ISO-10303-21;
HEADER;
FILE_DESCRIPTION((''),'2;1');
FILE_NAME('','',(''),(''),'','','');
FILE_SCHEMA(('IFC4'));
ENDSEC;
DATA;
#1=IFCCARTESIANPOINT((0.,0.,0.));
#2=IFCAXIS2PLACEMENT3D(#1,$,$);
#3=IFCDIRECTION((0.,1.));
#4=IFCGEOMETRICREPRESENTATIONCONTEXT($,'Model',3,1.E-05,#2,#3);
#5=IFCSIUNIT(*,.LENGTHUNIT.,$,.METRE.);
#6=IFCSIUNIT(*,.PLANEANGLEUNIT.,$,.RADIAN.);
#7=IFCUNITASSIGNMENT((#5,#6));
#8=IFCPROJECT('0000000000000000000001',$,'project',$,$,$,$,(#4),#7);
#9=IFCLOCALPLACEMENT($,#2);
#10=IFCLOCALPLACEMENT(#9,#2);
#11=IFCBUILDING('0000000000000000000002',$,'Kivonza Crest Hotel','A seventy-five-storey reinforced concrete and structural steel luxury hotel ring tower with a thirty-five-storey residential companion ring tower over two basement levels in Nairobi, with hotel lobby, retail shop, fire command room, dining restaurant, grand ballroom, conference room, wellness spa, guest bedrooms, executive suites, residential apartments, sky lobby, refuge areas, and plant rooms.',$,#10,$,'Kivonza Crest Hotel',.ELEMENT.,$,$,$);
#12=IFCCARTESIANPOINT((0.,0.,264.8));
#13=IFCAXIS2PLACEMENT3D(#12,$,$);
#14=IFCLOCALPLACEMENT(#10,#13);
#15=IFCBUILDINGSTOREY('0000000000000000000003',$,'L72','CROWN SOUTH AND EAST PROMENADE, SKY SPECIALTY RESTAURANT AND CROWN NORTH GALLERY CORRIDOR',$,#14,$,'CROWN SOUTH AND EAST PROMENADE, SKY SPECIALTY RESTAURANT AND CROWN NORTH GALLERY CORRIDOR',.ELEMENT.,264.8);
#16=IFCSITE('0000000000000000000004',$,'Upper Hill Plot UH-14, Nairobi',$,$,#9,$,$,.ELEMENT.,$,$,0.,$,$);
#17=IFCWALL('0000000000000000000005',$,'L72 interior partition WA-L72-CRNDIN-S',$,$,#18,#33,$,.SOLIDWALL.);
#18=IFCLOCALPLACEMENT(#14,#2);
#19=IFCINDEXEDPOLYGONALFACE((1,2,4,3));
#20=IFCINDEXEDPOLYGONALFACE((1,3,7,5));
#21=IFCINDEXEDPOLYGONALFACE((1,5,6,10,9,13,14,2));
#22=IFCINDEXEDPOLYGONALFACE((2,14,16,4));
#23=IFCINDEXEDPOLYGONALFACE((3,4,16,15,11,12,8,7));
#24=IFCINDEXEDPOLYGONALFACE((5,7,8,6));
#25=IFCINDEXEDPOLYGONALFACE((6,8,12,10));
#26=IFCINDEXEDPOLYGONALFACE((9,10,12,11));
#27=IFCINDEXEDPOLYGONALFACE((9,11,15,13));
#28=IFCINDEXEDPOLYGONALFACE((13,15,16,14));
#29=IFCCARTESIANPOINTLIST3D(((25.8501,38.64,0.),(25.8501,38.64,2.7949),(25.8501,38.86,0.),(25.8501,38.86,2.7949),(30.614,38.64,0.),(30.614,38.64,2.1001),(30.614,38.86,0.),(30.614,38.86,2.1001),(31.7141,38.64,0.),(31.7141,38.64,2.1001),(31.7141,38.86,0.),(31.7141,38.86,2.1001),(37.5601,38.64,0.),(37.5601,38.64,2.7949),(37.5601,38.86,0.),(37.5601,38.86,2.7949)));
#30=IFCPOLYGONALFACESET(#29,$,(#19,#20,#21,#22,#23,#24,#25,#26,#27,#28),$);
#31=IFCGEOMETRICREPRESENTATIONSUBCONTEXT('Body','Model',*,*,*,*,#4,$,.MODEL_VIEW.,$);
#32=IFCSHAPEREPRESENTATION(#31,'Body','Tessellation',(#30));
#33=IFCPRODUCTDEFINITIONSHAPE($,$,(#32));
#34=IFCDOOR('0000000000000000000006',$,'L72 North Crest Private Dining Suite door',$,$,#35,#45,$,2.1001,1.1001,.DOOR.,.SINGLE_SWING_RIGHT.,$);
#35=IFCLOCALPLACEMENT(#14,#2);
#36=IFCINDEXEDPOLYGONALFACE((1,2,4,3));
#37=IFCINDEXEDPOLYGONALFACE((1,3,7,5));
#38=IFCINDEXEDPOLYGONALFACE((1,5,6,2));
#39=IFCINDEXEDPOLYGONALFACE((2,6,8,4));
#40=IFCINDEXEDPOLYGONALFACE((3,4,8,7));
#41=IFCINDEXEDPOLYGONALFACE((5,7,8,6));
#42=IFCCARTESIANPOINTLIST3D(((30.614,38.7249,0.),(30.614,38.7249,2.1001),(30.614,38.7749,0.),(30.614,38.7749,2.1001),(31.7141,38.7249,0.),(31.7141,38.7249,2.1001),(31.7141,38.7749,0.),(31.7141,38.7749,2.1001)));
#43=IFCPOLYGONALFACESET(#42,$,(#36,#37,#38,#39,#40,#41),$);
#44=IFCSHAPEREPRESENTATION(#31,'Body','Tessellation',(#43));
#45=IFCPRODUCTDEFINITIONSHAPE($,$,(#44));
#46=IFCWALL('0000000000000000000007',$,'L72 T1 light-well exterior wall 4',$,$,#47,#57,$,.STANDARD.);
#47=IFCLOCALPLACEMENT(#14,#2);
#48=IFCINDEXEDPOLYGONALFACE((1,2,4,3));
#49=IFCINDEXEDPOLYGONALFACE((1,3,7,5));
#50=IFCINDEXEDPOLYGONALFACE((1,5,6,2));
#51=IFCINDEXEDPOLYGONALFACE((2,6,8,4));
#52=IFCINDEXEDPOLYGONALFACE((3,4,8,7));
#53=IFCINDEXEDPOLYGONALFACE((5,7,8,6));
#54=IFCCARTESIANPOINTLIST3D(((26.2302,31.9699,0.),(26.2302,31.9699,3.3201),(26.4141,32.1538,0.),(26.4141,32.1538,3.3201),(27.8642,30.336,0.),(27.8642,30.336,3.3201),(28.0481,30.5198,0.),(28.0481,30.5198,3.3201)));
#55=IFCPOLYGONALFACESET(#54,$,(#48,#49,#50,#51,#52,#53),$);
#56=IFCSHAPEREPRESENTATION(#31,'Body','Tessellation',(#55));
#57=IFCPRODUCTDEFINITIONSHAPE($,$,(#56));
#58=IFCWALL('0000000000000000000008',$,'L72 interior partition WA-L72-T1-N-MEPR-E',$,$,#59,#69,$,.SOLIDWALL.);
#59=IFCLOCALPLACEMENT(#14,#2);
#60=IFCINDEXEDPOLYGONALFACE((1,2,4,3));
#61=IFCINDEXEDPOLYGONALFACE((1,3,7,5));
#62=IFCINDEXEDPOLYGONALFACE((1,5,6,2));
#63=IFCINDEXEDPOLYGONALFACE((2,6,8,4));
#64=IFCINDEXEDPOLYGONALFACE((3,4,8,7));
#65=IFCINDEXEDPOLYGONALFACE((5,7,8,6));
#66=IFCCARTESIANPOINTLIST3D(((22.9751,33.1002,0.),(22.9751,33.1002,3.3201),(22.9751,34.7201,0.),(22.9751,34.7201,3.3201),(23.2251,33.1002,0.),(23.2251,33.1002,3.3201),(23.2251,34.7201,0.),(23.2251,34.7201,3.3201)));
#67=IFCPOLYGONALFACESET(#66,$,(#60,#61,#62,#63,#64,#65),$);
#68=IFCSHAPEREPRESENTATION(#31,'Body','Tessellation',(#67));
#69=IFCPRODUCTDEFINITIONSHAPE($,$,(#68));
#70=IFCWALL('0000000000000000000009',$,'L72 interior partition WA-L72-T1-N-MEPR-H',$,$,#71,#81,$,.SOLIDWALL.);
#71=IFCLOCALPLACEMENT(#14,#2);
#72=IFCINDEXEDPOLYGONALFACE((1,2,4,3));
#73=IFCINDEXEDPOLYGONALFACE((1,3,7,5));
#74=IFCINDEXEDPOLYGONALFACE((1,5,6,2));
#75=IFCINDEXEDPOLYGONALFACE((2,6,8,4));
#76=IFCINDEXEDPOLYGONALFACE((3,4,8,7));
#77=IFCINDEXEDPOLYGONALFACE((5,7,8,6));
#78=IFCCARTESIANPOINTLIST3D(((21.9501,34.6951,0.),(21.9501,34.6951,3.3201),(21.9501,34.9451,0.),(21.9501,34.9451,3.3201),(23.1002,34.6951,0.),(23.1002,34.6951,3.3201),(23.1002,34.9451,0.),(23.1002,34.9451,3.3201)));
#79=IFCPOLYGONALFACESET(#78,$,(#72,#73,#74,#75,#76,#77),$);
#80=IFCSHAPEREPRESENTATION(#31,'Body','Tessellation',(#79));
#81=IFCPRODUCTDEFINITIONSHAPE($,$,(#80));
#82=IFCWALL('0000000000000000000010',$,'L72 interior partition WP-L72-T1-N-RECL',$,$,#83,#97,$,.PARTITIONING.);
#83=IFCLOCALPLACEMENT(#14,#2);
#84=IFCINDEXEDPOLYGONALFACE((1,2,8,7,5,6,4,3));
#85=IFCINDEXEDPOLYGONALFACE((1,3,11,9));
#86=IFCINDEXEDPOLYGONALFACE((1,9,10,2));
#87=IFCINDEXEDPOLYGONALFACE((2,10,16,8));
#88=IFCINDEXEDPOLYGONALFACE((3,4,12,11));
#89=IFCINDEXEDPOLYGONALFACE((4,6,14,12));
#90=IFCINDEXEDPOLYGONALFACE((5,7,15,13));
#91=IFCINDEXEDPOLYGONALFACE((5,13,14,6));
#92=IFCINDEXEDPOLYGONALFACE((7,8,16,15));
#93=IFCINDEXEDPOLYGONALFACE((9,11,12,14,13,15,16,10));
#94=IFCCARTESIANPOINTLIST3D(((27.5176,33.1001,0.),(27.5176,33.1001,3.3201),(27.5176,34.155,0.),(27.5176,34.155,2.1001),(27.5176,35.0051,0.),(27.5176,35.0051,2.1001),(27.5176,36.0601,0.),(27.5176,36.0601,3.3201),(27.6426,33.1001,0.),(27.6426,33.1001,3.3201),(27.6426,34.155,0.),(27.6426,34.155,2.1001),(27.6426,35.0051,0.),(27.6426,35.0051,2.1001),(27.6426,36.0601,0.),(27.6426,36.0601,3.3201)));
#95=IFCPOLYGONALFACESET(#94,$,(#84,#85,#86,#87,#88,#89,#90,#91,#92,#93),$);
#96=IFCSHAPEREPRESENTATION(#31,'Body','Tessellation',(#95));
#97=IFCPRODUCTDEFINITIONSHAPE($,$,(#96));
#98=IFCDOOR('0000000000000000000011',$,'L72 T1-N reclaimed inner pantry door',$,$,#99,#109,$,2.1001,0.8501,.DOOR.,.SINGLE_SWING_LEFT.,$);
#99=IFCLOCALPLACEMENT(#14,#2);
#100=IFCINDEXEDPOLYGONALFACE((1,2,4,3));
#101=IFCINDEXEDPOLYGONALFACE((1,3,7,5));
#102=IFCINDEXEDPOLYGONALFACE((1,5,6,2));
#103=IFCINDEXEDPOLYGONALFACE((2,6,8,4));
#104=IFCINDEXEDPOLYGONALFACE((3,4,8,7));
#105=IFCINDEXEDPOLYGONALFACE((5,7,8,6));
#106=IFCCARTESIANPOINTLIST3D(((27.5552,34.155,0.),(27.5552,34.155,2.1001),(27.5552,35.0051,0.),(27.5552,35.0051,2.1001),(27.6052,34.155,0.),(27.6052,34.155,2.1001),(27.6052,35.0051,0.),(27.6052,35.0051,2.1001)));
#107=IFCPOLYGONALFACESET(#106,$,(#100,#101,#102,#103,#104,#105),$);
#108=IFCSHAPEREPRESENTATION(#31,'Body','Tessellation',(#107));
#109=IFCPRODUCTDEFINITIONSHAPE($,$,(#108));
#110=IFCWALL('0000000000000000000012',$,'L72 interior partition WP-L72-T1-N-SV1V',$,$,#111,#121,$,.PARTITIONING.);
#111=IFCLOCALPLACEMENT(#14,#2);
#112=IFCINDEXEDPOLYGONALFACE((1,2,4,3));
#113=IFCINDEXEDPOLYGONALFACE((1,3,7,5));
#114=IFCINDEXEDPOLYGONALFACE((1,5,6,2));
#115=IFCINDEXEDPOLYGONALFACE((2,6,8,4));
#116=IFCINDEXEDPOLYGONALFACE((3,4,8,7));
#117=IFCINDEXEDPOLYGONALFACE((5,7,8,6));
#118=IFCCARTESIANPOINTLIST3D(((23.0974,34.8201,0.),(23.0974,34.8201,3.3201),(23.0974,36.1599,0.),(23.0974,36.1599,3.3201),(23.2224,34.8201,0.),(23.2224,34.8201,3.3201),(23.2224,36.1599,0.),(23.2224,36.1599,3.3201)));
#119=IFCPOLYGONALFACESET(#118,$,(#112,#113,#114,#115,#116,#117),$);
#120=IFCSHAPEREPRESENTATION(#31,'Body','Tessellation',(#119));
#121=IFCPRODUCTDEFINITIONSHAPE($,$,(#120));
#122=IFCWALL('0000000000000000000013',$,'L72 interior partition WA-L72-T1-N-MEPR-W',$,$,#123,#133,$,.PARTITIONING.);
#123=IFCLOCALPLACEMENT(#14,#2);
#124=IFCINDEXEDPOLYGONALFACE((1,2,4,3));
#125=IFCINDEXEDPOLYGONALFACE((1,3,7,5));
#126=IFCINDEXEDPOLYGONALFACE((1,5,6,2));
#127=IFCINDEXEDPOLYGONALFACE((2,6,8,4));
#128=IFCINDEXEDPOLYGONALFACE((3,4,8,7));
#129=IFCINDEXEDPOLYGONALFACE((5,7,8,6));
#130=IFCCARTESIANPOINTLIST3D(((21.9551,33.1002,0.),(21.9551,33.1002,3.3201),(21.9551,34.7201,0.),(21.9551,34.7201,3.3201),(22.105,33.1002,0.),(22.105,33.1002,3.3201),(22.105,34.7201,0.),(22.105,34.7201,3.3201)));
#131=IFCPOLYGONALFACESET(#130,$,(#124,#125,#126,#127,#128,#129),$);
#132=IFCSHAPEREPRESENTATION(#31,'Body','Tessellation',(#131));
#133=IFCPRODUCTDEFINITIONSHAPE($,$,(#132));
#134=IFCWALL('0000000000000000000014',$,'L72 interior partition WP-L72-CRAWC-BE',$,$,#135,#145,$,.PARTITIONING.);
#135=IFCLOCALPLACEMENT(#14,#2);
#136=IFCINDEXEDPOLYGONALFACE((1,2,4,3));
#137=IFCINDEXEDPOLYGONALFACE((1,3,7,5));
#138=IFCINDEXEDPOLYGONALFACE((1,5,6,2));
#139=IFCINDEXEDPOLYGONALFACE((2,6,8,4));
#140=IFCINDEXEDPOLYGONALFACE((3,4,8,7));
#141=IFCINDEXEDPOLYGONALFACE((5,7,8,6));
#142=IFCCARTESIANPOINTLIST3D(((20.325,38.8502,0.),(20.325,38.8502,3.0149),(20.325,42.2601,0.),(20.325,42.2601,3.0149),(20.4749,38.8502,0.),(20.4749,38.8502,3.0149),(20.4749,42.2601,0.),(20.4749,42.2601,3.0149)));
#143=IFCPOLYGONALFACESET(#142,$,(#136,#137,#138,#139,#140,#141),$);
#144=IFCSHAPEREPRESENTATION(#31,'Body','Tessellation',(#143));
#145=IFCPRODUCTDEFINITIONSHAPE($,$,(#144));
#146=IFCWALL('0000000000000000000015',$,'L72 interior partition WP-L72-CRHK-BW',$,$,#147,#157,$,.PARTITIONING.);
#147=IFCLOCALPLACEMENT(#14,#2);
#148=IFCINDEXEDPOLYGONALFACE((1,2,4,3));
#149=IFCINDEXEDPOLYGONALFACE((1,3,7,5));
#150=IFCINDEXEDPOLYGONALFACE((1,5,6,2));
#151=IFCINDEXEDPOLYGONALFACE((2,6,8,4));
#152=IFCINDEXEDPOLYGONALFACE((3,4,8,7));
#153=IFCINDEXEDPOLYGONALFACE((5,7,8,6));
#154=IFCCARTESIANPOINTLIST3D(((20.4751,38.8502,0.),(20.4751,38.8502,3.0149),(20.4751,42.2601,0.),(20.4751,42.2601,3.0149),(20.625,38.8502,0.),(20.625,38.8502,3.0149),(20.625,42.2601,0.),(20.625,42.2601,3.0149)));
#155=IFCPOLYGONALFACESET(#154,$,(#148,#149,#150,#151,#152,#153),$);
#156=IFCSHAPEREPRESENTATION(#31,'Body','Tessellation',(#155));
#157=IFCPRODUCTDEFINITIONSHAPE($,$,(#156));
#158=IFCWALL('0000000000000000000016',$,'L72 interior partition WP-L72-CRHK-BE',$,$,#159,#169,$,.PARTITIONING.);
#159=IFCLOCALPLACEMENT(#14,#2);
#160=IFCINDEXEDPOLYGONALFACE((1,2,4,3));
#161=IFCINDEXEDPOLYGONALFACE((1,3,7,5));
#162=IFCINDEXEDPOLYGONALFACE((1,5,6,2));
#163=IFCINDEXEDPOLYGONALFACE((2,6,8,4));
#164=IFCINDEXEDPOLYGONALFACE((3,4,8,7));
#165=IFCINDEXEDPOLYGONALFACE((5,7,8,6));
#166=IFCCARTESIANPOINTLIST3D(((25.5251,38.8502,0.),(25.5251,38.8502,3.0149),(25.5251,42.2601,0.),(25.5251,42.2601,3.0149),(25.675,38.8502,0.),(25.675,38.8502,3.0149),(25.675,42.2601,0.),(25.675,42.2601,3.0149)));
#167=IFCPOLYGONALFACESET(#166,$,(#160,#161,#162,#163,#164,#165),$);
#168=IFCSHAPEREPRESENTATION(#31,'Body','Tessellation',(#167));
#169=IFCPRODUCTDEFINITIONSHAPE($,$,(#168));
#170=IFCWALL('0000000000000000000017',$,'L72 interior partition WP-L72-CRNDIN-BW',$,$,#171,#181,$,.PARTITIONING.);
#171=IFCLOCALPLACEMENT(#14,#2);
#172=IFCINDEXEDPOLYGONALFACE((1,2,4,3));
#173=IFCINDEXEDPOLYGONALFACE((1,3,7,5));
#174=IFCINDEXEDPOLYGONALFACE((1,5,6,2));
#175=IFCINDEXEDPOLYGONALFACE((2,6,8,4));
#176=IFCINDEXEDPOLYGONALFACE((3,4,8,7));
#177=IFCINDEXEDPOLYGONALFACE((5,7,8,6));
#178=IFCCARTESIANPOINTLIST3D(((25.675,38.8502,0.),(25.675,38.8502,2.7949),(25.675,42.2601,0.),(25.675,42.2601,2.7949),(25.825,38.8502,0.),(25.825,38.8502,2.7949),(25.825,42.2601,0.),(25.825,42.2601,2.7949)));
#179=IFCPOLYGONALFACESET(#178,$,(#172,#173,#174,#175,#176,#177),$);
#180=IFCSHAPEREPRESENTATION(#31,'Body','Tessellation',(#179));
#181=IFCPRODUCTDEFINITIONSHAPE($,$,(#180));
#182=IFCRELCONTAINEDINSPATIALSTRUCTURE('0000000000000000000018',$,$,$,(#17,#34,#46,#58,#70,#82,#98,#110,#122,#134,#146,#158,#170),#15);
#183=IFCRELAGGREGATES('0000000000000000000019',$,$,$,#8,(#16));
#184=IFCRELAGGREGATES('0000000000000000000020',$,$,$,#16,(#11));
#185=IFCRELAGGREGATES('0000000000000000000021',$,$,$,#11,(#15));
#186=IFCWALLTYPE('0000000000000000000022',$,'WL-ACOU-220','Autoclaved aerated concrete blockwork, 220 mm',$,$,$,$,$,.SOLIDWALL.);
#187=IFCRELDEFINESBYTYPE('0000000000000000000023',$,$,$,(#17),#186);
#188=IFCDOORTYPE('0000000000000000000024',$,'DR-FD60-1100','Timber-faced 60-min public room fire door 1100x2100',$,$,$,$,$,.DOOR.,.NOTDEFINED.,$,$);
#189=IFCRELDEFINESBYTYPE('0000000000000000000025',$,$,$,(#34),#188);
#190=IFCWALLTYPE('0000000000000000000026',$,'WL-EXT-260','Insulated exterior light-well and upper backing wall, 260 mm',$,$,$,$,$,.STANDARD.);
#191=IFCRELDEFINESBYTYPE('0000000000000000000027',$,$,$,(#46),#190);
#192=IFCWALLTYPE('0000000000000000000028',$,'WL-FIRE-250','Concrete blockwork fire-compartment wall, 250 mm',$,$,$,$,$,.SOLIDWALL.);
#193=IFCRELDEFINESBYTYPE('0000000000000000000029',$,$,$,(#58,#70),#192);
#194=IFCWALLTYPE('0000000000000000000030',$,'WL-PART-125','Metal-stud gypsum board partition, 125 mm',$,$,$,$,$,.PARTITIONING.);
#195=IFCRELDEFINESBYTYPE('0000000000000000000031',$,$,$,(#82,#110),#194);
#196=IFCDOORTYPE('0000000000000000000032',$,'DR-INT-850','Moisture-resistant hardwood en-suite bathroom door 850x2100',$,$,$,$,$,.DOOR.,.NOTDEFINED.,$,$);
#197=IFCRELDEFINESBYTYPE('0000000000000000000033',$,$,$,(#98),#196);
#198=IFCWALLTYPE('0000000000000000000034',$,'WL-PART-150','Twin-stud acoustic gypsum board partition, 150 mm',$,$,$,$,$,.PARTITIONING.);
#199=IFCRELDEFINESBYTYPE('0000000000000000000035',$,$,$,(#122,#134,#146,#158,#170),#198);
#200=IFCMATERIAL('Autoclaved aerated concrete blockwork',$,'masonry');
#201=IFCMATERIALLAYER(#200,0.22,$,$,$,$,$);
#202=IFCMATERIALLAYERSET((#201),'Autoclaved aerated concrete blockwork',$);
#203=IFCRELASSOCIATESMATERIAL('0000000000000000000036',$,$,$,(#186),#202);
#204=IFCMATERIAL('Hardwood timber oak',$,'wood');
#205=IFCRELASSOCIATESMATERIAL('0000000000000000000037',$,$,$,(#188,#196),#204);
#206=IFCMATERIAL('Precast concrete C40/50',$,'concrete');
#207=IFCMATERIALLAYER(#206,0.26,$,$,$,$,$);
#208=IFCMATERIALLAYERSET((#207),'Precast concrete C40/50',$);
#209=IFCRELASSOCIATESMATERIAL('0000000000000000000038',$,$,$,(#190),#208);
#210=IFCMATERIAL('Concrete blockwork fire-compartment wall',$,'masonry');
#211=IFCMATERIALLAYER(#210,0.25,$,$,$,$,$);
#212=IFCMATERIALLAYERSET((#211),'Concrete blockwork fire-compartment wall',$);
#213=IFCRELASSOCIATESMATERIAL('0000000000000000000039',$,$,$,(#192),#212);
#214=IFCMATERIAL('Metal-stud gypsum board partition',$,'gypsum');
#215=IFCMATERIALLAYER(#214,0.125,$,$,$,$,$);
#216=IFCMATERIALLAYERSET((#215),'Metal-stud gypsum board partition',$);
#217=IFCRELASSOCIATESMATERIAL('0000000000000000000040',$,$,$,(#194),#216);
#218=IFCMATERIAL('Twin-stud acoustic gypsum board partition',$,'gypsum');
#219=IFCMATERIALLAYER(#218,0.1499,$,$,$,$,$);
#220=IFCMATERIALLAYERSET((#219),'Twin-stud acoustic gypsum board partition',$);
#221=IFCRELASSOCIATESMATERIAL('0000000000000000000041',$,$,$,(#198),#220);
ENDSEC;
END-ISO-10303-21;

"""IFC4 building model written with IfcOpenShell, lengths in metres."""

from ifc_helpers import new_model, si_unit, direction, frame, frame_2d, origin, place, context, subcontext, project, spatial, rectangle, extrude, material, layer, layer_set, type_object, element, fill, save


model = new_model("IFC4")

# Units and contexts
model_context = context("Model", 3, precision=1e-05, world=origin(), true_north=direction((0.0, 1.0)))
body_context = subcontext(model_context, "Body", "Model", "MODEL_VIEW")
ifc_project = project(units=[si_unit("LENGTHUNIT", "METRE"), si_unit("PLANEANGLEUNIT", "RADIAN")], contexts=[model_context])

# Site, building, storey
site_placement = place(None, origin())
site = spatial("IfcSite", under=ifc_project, at=site_placement, Name="Upper Hill Plot UH-14, Nairobi", CompositionType="ELEMENT", RefElevation=0.0)
building_placement = place(site_placement, origin())
building = spatial("IfcBuilding", under=site, at=building_placement, Name="Kivonza Crest Hotel", Description="A seventy-five-storey reinforced concrete and structural steel luxury hotel ring tower with a thirty-five-storey residential companion ring tower over two basement levels in Nairobi, with hotel lobby, retail shop, fire command room, dining restaurant, grand ballroom, conference room, wellness spa, guest bedrooms, executive suites, residential apartments, sky lobby, refuge areas, and plant rooms.", LongName="Kivonza Crest Hotel", CompositionType="ELEMENT")
storey_placement = place(building_placement, frame((0.0, 0.0, 264.8)))
storey = spatial("IfcBuildingStorey", under=building, at=storey_placement, Name="L72", Description="CROWN SOUTH AND EAST PROMENADE, SKY SPECIALTY RESTAURANT AND CROWN NORTH GALLERY CORRIDOR", LongName="CROWN SOUTH AND EAST PROMENADE, SKY SPECIALTY RESTAURANT AND CROWN NORTH GALLERY CORRIDOR", CompositionType="ELEMENT", Elevation=264.8)

# Wall, opening, door
ifc_material_1 = material(Name="Autoclaved aerated concrete blockwork", Category="masonry")
ifc_layer_1 = layer(ifc_material_1, 0.22)
ifc_layer_set_1 = layer_set([ifc_layer_1], Name="Autoclaved aerated concrete blockwork")
wall_type_1 = type_object("IfcWallType", Name="WL-ACOU-220", Description="Autoclaved aerated concrete blockwork, 220 mm", PredefinedType="SOLIDWALL", material=ifc_layer_set_1)
ifc_material_2 = material(Name="Hardwood timber oak", Category="wood")
door_type_1 = type_object("IfcDoorType", Name="DR-FD60-1100", Description="Timber-faced 60-min public room fire door 1100x2100", OperationType="NOTDEFINED", PredefinedType="DOOR", material=ifc_material_2)
wall_1_placement = place(storey_placement, frame((25.8501, 38.75, 0.0), z_axis=(0.0, 0.0, 1.0), x_axis=(1.0, 0.0, 0.0)))
wall_1 = element("IfcWall", 1, at=wall_1_placement, inside=storey, type_object=wall_type_1, Name="L72 interior partition WA-L72-CRNDIN-S", PredefinedType="SOLIDWALL", context=body_context, shape_type="SweptSolid", body=[
    extrude(rectangle(XDim=11.71, YDim=0.22, at=frame_2d((5.855, 0.0))), origin(), (0.0, 0.0, 1.0), 2.7949),
])
opening_1_placement = place(wall_1_placement, frame((4.7639, 0.0, 0.0)))
opening_1 = element("IfcOpeningElement", 2, at=opening_1_placement, cuts=wall_1, PredefinedType="OPENING", context=body_context, shape_type="SweptSolid", body=[
    extrude(rectangle(XDim=1.1001, YDim=2.1001, at=frame_2d((0.55, 1.05))), frame((0.0, 0.1201, 0.0), z_axis=(0.0, -1.0, 0.0), x_axis=(1.0, 0.0, 0.0)), (0.0, 0.0, 1.0), 0.24),
])
door_1_placement = place(opening_1_placement, origin())
door_1 = element("IfcDoor", 3, at=door_1_placement, inside=storey, type_object=door_type_1, Name="L72 North Crest Private Dining Suite door", OperationType="SINGLE_SWING_RIGHT", OverallHeight=2.1001, OverallWidth=1.1001, PredefinedType="DOOR", context=body_context, shape_type="SweptSolid", body=[
    extrude(rectangle(XDim=1.1001, YDim=2.1001, at=frame_2d((0.55, 1.05))), frame((0.0, 0.0249, 0.0), z_axis=(0.0, -1.0, 0.0), x_axis=(1.0, 0.0, 0.0)), (0.0, 0.0, 1.0), 0.05),
])
fill(opening_1, door_1)

# Walls
ifc_material_3 = material(Name="Precast concrete C40/50", Category="concrete")
ifc_layer_2 = layer(ifc_material_3, 0.26)
ifc_layer_set_2 = layer_set([ifc_layer_2], Name="Precast concrete C40/50")
wall_type_2 = type_object("IfcWallType", Name="WL-EXT-260", Description="Insulated exterior light-well and upper backing wall, 260 mm", PredefinedType="STANDARD", material=ifc_layer_set_2)
wall_2_placement = place(storey_placement, frame((27.9561, 30.428, 0.0), z_axis=(0.0, 0.0, 1.0), x_axis=(-0.707107, 0.707107, 0.0)))
element("IfcWall", 4, at=wall_2_placement, inside=storey, type_object=wall_type_2, Name="L72 T1 light-well exterior wall 4", PredefinedType="STANDARD", context=body_context, shape_type="SweptSolid", body=[
    extrude(rectangle(XDim=2.3108, YDim=0.26, at=frame_2d((1.1553, 0.0))), origin(), (0.0, 0.0, 1.0), 3.3201),
])
ifc_material_4 = material(Name="Concrete blockwork fire-compartment wall", Category="masonry")
ifc_layer_3 = layer(ifc_material_4, 0.25)
ifc_layer_set_3 = layer_set([ifc_layer_3], Name="Concrete blockwork fire-compartment wall")
wall_type_3 = type_object("IfcWallType", Name="WL-FIRE-250", Description="Concrete blockwork fire-compartment wall, 250 mm", PredefinedType="SOLIDWALL", material=ifc_layer_set_3)
wall_3_placement = place(storey_placement, frame((23.1001, 33.1001, 0.0), z_axis=(0.0, 0.0, 1.0), x_axis=(0.0, 1.0, 0.0)))
element("IfcWall", 5, at=wall_3_placement, inside=storey, type_object=wall_type_3, Name="L72 interior partition WA-L72-T1-N-MEPR-E", PredefinedType="SOLIDWALL", context=body_context, shape_type="SweptSolid", body=[
    extrude(rectangle(XDim=1.6199, YDim=0.25, at=frame_2d((0.8101, 0.0))), origin(), (0.0, 0.0, 1.0), 3.3201),
])
wall_4_placement = place(storey_placement, frame((21.95, 34.8201, 0.0), z_axis=(0.0, 0.0, 1.0), x_axis=(1.0, 0.0, 0.0)))
element("IfcWall", 6, at=wall_4_placement, inside=storey, type_object=wall_type_3, Name="L72 interior partition WA-L72-T1-N-MEPR-H", PredefinedType="SOLIDWALL", context=body_context, shape_type="SweptSolid", body=[
    extrude(rectangle(XDim=1.1501, YDim=0.25, at=frame_2d((0.5752, 0.0))), origin(), (0.0, 0.0, 1.0), 3.3201),
])

# Wall, opening, door
ifc_material_5 = material(Name="Metal-stud gypsum board partition", Category="gypsum")
ifc_layer_4 = layer(ifc_material_5, 0.125)
ifc_layer_set_4 = layer_set([ifc_layer_4], Name="Metal-stud gypsum board partition")
wall_type_4 = type_object("IfcWallType", Name="WL-PART-125", Description="Metal-stud gypsum board partition, 125 mm", PredefinedType="PARTITIONING", material=ifc_layer_set_4)
wall_5_placement = place(storey_placement, frame((27.5801, 33.1001, 0.0), z_axis=(0.0, 0.0, 1.0), x_axis=(0.0, 1.0, 0.0)))
wall_5 = element("IfcWall", 7, at=wall_5_placement, inside=storey, type_object=wall_type_4, Name="L72 interior partition WP-L72-T1-N-RECL", PredefinedType="PARTITIONING", context=body_context, shape_type="SweptSolid", body=[
    extrude(rectangle(XDim=2.96, YDim=0.125, at=frame_2d((1.48, 0.0))), origin(), (0.0, 0.0, 1.0), 3.3201),
])
opening_2_placement = place(wall_5_placement, frame((1.0549, 0.0, 0.0)))
opening_2 = element("IfcOpeningElement", 8, at=opening_2_placement, cuts=wall_5, PredefinedType="OPENING", context=body_context, shape_type="SweptSolid", body=[
    extrude(rectangle(XDim=0.8501, YDim=2.1001, at=frame_2d((0.425, 1.05))), frame((0.0, 0.0725, 0.0), z_axis=(0.0, -1.0, 0.0), x_axis=(1.0, 0.0, 0.0)), (0.0, 0.0, 1.0), 0.145),
])
door_type_2 = type_object("IfcDoorType", Name="DR-INT-850", Description="Moisture-resistant hardwood en-suite bathroom door 850x2100", OperationType="NOTDEFINED", PredefinedType="DOOR", material=ifc_material_2)
door_2_placement = place(opening_2_placement, origin())
door_2 = element("IfcDoor", 9, at=door_2_placement, inside=storey, type_object=door_type_2, Name="L72 T1-N reclaimed inner pantry door", OperationType="SINGLE_SWING_LEFT", OverallHeight=2.1001, OverallWidth=0.8501, PredefinedType="DOOR", context=body_context, shape_type="SweptSolid", body=[
    extrude(rectangle(XDim=0.8501, YDim=2.1001, at=frame_2d((0.425, 1.05))), frame((0.0, 0.0249, 0.0), z_axis=(0.0, -1.0, 0.0), x_axis=(1.0, 0.0, 0.0)), (0.0, 0.0, 1.0), 0.05),
])
fill(opening_2, door_2)

# Walls
wall_6_placement = place(storey_placement, frame((23.1599, 34.8201, 0.0), z_axis=(0.0, 0.0, 1.0), x_axis=(0.0, 1.0, 0.0)))
element("IfcWall", 10, at=wall_6_placement, inside=storey, type_object=wall_type_4, Name="L72 interior partition WP-L72-T1-N-SV1V", PredefinedType="PARTITIONING", context=body_context, shape_type="SweptSolid", body=[
    extrude(rectangle(XDim=1.3398, YDim=0.125, at=frame_2d((0.6699, 0.0))), origin(), (0.0, 0.0, 1.0), 3.3201),
])
ifc_material_6 = material(Name="Twin-stud acoustic gypsum board partition", Category="gypsum")
ifc_layer_5 = layer(ifc_material_6, 0.1499)
ifc_layer_set_5 = layer_set([ifc_layer_5], Name="Twin-stud acoustic gypsum board partition")
wall_type_5 = type_object("IfcWallType", Name="WL-PART-150", Description="Twin-stud acoustic gypsum board partition, 150 mm", PredefinedType="PARTITIONING", material=ifc_layer_set_5)
wall_7_placement = place(storey_placement, frame((22.03, 33.1001, 0.0), z_axis=(0.0, 0.0, 1.0), x_axis=(0.0, 1.0, 0.0)))
element("IfcWall", 11, at=wall_7_placement, inside=storey, type_object=wall_type_5, Name="L72 interior partition WA-L72-T1-N-MEPR-W", PredefinedType="PARTITIONING", context=body_context, shape_type="SweptSolid", body=[
    extrude(rectangle(XDim=1.6199, YDim=0.1499, at=frame_2d((0.8101, 0.0))), origin(), (0.0, 0.0, 1.0), 3.3201),
])
for number, where, z_axis, x_axis, name in (
    (12, (20.3999, 38.8501, 0.0), (0.0, 0.0, 1.0), (0.0, 1.0, 0.0), "L72 interior partition WP-L72-CRAWC-BE"),
    (13, (20.55, 38.8501, 0.0), (0.0, 0.0, 1.0), (0.0, 1.0, 0.0), "L72 interior partition WP-L72-CRHK-BW"),
    (14, (25.6001, 38.8501, 0.0), (0.0, 0.0, 1.0), (0.0, 1.0, 0.0), "L72 interior partition WP-L72-CRHK-BE"),
):
    element("IfcWall", number, at=place(storey_placement, frame(where, z_axis=z_axis, x_axis=x_axis)), inside=storey, type_object=wall_type_5, Name=name, PredefinedType="PARTITIONING", context=body_context, shape_type="SweptSolid", body=[
        extrude(rectangle(XDim=3.4099, YDim=0.1499, at=frame_2d((1.7051, 0.0))), origin(), (0.0, 0.0, 1.0), 3.0149),
    ])
wall_8_placement = place(storey_placement, frame((25.75, 38.8501, 0.0), z_axis=(0.0, 0.0, 1.0), x_axis=(0.0, 1.0, 0.0)))
element("IfcWall", 15, at=wall_8_placement, inside=storey, type_object=wall_type_5, Name="L72 interior partition WP-L72-CRNDIN-BW", PredefinedType="PARTITIONING", context=body_context, shape_type="SweptSolid", body=[
    extrude(rectangle(XDim=3.4099, YDim=0.1499, at=frame_2d((1.7051, 0.0))), origin(), (0.0, 0.0, 1.0), 2.7949),
])

save(model, "model.ifc")
